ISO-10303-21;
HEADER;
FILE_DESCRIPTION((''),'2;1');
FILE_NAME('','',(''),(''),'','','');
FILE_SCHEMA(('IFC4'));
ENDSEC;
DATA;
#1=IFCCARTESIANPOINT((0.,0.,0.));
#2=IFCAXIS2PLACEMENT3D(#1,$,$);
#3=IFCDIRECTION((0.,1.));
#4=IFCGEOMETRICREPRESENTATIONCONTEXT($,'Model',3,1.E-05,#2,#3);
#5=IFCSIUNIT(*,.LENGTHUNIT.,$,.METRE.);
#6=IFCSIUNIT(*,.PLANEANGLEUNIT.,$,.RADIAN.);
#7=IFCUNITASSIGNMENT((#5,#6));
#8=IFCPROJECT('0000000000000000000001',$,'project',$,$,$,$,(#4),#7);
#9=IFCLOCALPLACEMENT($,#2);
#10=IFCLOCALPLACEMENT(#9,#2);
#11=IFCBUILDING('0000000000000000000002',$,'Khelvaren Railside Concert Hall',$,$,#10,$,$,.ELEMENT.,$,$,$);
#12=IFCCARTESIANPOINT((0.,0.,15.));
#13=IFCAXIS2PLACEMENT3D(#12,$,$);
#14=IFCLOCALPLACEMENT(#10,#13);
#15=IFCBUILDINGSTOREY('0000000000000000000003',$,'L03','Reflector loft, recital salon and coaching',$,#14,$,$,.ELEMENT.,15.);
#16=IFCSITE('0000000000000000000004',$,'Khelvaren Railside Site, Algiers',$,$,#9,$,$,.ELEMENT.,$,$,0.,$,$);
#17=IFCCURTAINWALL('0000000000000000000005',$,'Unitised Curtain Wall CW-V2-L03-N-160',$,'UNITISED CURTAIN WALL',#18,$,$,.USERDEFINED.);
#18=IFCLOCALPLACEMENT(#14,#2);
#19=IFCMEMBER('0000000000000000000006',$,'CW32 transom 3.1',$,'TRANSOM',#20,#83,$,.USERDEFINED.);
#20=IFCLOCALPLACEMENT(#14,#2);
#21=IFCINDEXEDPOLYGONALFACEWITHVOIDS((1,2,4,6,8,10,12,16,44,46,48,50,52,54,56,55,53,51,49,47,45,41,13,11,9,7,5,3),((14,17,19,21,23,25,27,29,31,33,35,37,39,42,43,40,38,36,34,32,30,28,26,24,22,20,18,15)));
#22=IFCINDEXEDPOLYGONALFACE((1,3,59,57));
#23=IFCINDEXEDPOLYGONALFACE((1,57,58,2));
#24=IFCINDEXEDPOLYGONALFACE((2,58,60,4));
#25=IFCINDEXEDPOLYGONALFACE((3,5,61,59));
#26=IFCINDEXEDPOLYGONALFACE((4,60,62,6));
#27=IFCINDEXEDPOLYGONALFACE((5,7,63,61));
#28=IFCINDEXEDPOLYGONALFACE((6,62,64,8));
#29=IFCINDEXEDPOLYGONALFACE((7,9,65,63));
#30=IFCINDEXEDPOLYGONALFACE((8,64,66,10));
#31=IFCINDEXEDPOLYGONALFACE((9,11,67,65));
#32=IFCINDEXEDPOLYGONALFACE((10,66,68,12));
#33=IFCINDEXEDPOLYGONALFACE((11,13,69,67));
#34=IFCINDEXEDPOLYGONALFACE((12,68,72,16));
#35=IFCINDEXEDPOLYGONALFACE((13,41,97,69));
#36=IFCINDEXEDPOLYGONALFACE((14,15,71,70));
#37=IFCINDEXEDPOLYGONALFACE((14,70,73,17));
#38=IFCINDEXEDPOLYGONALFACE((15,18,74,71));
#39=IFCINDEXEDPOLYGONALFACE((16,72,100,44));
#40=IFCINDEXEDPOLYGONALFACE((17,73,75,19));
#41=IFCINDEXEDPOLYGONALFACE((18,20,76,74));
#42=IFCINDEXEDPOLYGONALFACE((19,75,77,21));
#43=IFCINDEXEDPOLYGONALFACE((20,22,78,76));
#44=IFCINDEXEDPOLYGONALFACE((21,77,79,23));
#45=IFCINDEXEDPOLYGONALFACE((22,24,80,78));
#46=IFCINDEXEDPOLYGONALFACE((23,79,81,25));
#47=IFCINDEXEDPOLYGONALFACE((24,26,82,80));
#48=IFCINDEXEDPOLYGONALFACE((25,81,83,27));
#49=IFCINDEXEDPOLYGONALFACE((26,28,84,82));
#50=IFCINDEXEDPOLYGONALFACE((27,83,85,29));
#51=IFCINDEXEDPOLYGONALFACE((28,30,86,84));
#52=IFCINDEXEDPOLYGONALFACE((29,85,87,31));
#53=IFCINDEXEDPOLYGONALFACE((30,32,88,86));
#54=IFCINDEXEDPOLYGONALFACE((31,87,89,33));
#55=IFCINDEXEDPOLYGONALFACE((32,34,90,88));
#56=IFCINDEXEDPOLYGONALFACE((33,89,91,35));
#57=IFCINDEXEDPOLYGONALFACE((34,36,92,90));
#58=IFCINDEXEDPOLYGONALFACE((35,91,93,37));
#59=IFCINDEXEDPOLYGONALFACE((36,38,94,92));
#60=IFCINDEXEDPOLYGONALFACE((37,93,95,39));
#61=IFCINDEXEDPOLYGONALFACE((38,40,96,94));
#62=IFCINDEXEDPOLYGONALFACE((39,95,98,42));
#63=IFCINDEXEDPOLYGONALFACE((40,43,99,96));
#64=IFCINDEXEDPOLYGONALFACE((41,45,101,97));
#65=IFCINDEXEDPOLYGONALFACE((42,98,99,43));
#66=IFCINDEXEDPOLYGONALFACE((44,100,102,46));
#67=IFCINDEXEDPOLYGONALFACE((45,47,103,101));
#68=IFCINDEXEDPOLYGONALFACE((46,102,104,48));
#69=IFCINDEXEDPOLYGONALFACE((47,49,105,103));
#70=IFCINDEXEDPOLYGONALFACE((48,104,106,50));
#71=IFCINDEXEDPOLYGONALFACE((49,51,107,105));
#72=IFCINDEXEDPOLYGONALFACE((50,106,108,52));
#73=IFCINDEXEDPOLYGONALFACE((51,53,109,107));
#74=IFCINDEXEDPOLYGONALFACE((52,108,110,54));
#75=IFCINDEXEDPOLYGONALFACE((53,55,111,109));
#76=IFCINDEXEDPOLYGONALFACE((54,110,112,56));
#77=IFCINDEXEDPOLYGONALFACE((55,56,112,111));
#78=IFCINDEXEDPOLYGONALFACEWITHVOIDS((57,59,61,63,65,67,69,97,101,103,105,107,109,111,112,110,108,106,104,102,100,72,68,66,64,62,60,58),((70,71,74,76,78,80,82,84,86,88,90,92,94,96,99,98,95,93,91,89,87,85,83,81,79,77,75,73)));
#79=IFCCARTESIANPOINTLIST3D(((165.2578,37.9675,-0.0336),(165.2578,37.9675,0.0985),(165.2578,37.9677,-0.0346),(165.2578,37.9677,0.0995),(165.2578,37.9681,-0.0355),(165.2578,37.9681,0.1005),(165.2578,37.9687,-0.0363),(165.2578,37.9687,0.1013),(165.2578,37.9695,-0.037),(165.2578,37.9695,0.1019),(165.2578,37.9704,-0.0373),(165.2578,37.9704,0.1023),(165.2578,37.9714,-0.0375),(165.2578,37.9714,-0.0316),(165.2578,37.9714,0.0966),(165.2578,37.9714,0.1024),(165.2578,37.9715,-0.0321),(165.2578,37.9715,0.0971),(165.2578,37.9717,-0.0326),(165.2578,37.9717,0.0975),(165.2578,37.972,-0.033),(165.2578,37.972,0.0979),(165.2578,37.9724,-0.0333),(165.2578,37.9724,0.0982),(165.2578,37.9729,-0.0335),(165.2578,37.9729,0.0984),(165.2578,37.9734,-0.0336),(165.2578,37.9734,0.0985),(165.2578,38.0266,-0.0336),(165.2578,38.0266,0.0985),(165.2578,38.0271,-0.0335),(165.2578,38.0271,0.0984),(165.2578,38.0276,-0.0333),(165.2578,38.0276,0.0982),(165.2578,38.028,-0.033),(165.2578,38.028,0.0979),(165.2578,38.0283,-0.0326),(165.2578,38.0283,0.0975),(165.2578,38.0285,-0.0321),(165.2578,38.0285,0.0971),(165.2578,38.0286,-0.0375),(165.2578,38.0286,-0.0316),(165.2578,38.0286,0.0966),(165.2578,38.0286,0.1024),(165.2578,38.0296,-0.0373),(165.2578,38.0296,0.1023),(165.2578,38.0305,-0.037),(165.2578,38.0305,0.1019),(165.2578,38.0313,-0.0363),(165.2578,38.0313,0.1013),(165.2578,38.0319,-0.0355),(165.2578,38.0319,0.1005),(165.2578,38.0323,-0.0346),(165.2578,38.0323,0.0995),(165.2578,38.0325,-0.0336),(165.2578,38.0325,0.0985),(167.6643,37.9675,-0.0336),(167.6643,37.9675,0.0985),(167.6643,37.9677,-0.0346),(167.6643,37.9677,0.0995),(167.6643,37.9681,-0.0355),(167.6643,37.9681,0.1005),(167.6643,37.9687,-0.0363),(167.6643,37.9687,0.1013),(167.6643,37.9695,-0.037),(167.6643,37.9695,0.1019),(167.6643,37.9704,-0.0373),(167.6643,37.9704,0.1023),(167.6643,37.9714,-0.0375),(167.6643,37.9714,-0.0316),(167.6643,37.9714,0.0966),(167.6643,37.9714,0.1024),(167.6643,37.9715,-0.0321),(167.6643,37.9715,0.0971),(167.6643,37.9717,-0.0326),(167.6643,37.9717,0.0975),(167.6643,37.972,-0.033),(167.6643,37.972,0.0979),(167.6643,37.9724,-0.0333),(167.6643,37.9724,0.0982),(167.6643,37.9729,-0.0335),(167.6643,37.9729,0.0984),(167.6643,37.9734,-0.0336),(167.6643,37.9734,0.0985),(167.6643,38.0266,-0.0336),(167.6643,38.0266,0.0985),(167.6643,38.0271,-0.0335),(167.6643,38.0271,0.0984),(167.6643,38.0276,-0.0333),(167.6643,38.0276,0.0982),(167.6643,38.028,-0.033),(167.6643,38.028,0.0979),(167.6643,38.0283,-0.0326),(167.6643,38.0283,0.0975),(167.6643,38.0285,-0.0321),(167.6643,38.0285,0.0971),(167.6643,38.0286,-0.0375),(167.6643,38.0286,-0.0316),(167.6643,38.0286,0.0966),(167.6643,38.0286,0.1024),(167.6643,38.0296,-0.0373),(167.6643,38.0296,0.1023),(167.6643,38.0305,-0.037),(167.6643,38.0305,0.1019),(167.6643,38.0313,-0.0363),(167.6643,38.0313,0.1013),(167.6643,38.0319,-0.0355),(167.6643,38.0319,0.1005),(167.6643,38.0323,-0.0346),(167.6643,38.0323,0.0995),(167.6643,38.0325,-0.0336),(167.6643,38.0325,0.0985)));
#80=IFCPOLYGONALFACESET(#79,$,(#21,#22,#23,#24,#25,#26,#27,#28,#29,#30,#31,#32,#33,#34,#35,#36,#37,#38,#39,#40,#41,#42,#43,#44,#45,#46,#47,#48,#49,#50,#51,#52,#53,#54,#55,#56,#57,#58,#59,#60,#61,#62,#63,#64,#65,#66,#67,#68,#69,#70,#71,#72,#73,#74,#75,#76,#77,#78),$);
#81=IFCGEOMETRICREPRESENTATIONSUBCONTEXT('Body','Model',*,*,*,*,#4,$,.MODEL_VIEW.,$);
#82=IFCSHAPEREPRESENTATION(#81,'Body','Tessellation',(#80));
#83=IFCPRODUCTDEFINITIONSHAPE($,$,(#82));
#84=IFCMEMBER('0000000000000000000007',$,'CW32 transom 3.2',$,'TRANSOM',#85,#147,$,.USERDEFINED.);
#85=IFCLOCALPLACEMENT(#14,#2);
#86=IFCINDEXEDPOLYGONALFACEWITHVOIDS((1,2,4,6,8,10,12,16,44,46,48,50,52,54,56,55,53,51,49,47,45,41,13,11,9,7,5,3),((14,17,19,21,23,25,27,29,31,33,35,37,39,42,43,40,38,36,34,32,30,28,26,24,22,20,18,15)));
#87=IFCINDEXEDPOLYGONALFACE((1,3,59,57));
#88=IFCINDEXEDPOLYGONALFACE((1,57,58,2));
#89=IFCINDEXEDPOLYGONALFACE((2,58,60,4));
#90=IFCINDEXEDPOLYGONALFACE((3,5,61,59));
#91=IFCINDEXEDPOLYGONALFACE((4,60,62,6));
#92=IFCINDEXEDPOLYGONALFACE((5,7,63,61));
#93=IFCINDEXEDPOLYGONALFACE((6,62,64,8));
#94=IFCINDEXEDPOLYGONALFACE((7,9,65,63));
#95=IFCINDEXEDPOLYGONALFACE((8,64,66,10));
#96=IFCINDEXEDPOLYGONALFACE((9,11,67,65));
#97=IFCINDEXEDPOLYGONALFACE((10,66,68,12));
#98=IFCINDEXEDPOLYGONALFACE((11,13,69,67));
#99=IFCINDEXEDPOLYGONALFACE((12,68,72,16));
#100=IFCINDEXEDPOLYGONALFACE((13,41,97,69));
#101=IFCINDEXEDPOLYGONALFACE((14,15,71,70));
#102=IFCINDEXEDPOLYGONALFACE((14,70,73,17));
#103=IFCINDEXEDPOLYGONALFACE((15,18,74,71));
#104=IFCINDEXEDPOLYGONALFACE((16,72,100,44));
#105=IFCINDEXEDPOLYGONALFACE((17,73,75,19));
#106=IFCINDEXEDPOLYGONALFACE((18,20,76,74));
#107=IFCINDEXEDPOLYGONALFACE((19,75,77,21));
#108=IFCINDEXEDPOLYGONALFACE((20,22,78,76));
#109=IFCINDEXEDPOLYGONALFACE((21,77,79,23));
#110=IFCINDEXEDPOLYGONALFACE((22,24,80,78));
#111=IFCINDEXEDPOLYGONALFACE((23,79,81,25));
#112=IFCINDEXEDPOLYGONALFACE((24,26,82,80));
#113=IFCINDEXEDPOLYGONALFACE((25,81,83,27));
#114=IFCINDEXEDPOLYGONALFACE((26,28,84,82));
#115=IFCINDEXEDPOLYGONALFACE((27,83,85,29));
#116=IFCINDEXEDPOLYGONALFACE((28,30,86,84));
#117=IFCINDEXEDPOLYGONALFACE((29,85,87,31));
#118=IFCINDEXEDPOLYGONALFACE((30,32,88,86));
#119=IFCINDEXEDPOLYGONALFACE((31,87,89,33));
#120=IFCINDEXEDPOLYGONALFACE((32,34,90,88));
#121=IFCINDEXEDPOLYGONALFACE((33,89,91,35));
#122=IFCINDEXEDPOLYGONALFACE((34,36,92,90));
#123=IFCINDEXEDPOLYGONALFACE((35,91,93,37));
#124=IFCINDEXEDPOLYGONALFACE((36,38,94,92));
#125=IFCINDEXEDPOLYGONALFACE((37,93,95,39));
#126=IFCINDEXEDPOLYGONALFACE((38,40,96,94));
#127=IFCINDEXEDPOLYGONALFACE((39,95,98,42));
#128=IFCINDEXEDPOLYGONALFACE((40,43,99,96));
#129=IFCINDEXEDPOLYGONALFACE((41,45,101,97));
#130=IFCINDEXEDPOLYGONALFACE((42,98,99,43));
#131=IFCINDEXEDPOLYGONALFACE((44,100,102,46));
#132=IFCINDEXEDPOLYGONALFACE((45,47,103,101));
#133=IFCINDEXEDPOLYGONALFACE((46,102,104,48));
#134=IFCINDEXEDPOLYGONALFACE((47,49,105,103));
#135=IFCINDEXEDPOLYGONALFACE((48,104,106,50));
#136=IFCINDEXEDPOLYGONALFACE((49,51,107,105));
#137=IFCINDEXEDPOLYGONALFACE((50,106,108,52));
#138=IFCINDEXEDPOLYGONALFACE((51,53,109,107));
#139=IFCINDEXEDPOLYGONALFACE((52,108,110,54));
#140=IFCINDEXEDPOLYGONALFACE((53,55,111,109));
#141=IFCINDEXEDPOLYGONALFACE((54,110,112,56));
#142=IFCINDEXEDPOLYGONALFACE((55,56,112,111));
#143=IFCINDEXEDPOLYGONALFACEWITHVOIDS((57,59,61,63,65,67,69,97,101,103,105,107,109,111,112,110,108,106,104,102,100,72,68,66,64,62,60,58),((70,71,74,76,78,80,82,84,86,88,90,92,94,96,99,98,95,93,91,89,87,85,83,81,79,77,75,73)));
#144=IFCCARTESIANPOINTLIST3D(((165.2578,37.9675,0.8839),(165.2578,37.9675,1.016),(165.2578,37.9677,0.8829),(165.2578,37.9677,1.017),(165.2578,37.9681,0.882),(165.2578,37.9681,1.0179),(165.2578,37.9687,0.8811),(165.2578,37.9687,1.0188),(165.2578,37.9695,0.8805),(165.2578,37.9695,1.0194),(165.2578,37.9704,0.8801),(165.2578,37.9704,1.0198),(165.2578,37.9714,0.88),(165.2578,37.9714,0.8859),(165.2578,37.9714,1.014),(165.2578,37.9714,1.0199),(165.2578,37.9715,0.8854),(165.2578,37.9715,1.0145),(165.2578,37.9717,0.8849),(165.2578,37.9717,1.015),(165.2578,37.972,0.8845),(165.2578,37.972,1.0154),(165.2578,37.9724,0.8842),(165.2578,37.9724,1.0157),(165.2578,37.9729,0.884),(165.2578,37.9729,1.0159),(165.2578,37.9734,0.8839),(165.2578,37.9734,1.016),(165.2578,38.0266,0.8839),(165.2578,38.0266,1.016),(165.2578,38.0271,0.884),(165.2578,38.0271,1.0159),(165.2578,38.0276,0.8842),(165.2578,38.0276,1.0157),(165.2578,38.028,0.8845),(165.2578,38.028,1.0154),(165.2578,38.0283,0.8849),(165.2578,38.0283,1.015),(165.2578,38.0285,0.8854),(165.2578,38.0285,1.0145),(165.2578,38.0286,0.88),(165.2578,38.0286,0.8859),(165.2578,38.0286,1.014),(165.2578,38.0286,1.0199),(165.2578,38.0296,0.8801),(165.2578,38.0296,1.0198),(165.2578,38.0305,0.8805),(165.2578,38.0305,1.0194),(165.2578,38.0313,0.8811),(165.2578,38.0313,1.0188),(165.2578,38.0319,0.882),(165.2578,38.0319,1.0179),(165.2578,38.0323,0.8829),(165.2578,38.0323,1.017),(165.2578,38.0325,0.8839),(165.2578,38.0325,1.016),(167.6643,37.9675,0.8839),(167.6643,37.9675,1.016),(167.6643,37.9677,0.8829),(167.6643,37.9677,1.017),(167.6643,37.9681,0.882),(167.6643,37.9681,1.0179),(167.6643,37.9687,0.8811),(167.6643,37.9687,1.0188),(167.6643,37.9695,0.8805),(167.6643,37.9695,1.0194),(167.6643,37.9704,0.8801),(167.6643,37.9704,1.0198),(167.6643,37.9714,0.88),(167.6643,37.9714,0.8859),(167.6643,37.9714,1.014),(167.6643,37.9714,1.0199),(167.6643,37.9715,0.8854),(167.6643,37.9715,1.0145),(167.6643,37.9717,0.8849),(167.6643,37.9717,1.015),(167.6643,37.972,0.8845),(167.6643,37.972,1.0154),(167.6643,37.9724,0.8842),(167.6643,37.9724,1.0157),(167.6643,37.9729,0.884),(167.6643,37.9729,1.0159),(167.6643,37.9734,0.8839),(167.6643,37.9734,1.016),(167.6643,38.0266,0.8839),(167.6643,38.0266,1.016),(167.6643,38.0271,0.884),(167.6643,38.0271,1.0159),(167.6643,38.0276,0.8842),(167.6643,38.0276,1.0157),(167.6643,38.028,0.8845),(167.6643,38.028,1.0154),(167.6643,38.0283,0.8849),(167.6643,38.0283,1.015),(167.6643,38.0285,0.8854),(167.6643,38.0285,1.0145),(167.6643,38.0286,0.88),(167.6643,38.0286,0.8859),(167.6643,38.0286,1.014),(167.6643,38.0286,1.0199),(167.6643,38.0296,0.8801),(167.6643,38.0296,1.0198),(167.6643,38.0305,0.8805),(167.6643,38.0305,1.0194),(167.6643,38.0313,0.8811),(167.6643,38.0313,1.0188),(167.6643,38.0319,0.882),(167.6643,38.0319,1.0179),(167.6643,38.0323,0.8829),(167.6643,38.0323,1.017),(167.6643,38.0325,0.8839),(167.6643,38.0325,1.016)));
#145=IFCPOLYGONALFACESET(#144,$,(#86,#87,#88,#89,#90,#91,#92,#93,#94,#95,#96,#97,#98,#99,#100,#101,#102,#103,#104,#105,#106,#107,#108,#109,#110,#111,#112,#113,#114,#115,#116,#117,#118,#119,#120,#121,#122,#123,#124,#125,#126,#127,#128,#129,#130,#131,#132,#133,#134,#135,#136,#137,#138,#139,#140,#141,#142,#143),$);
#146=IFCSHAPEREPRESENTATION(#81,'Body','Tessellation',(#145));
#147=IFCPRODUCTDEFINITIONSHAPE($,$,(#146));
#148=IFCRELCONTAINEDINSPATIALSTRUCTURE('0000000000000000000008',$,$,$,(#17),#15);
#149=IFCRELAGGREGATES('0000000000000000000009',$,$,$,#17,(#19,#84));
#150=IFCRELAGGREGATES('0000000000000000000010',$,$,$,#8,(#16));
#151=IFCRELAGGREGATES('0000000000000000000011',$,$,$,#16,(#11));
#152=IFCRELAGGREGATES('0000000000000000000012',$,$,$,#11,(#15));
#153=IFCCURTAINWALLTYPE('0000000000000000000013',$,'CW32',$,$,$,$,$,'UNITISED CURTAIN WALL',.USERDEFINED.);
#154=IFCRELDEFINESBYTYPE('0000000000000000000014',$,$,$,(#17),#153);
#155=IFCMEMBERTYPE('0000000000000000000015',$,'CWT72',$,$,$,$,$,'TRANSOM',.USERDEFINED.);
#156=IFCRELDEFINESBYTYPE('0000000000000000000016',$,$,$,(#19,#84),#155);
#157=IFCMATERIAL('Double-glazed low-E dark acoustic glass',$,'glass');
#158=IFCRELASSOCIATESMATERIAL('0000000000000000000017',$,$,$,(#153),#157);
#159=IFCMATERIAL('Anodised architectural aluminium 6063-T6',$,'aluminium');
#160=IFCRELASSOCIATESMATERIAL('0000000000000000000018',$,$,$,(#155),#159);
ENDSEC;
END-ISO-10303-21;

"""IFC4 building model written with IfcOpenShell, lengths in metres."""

from ifc_helpers import new_model, si_unit, direction, frame, origin, origin_2d, place, context, subcontext, project, spatial, hollow_rectangle, extrude, material, material_profile, profile_set, type_object, element, aggregate, save


model = new_model("IFC4")

# Units and contexts
model_context = context("Model", 3, precision=1e-05, world=origin(), true_north=direction((0.0, 1.0)))
body_context = subcontext(model_context, "Body", "Model", "MODEL_VIEW")
ifc_project = project(units=[si_unit("LENGTHUNIT", "METRE"), si_unit("PLANEANGLEUNIT", "RADIAN")], contexts=[model_context])

# Site, building, storey
site_placement = place(None, origin())
site = spatial("IfcSite", under=ifc_project, at=site_placement, Name="Khelvaren Railside Site, Algiers", CompositionType="ELEMENT", RefElevation=0.0)
building_placement = place(site_placement, origin())
building = spatial("IfcBuilding", under=site, at=building_placement, Name="Khelvaren Railside Concert Hall", CompositionType="ELEMENT")
storey_placement = place(building_placement, frame((0.0, 0.0, 15.0)))
storey = spatial("IfcBuildingStorey", under=building, at=storey_placement, Name="L03", Description="Reflector loft, recital salon and coaching", CompositionType="ELEMENT", Elevation=15.0)

# Shared definitions
ifc_material_1 = material(Name="Double-glazed low-E dark acoustic glass", Category="glass")
ifc_material_2 = material(Name="Anodised architectural aluminium 6063-T6", Category="aluminium")

# Curtain wall
curtain_wall_type_1 = type_object("IfcCurtainWallType", Name="CW32", ElementType="UNITISED CURTAIN WALL", PredefinedType="USERDEFINED", material=ifc_material_1)
curtain_wall_1_placement = place(storey_placement, origin())
curtain_wall_1 = element("IfcCurtainWall", 1, at=curtain_wall_1_placement, inside=storey, type_object=curtain_wall_type_1, Name="Unitised Curtain Wall CW-V2-L03-N-160", ObjectType="UNITISED CURTAIN WALL", PredefinedType="USERDEFINED")

# Members
ifc_material_profile_1 = material_profile(ifc_material_2, hollow_rectangle(XDim=0.0649, YDim=0.1399, WallThickness=0.0039, InnerFilletRadius=0.002, OuterFilletRadius=0.0039, at=origin_2d()), Name="CWT 65x140x4")
ifc_profile_set_1 = profile_set([ifc_material_profile_1], Name="Anodised architectural aluminium 6063-T6")
member_type_1 = type_object("IfcMemberType", Name="CWT72", ElementType="TRANSOM", PredefinedType="USERDEFINED", material=ifc_profile_set_1)
member_1_placement = place(storey_placement, frame((165.2578, 38.0, 0.0325), z_axis=(1.0, 0.0, 0.0), x_axis=(0.0, 1.0, 0.0)))
member_1 = element("IfcMember", 2, at=member_1_placement, type_object=member_type_1, Name="CW32 transom 3.1", ObjectType="TRANSOM", PredefinedType="USERDEFINED", context=body_context, shape_type="SweptSolid", body=[
    extrude(hollow_rectangle(XDim=0.0649, YDim=0.1399, WallThickness=0.0039, InnerFilletRadius=0.002, OuterFilletRadius=0.0039, at=origin_2d()), origin(), (0.0, 0.0, 1.0), 2.4065),
])
member_2_placement = place(storey_placement, frame((165.2578, 38.0, 0.95), z_axis=(1.0, 0.0, 0.0), x_axis=(0.0, 1.0, 0.0)))
member_2 = element("IfcMember", 3, at=member_2_placement, type_object=member_type_1, Name="CW32 transom 3.2", ObjectType="TRANSOM", PredefinedType="USERDEFINED", context=body_context, shape_type="SweptSolid", body=[
    extrude(hollow_rectangle(XDim=0.0649, YDim=0.1399, WallThickness=0.0039, InnerFilletRadius=0.002, OuterFilletRadius=0.0039, at=origin_2d()), origin(), (0.0, 0.0, 1.0), 2.4065),
])

aggregate(curtain_wall_1, [member_1, member_2])

save(model, "model.ifc")
